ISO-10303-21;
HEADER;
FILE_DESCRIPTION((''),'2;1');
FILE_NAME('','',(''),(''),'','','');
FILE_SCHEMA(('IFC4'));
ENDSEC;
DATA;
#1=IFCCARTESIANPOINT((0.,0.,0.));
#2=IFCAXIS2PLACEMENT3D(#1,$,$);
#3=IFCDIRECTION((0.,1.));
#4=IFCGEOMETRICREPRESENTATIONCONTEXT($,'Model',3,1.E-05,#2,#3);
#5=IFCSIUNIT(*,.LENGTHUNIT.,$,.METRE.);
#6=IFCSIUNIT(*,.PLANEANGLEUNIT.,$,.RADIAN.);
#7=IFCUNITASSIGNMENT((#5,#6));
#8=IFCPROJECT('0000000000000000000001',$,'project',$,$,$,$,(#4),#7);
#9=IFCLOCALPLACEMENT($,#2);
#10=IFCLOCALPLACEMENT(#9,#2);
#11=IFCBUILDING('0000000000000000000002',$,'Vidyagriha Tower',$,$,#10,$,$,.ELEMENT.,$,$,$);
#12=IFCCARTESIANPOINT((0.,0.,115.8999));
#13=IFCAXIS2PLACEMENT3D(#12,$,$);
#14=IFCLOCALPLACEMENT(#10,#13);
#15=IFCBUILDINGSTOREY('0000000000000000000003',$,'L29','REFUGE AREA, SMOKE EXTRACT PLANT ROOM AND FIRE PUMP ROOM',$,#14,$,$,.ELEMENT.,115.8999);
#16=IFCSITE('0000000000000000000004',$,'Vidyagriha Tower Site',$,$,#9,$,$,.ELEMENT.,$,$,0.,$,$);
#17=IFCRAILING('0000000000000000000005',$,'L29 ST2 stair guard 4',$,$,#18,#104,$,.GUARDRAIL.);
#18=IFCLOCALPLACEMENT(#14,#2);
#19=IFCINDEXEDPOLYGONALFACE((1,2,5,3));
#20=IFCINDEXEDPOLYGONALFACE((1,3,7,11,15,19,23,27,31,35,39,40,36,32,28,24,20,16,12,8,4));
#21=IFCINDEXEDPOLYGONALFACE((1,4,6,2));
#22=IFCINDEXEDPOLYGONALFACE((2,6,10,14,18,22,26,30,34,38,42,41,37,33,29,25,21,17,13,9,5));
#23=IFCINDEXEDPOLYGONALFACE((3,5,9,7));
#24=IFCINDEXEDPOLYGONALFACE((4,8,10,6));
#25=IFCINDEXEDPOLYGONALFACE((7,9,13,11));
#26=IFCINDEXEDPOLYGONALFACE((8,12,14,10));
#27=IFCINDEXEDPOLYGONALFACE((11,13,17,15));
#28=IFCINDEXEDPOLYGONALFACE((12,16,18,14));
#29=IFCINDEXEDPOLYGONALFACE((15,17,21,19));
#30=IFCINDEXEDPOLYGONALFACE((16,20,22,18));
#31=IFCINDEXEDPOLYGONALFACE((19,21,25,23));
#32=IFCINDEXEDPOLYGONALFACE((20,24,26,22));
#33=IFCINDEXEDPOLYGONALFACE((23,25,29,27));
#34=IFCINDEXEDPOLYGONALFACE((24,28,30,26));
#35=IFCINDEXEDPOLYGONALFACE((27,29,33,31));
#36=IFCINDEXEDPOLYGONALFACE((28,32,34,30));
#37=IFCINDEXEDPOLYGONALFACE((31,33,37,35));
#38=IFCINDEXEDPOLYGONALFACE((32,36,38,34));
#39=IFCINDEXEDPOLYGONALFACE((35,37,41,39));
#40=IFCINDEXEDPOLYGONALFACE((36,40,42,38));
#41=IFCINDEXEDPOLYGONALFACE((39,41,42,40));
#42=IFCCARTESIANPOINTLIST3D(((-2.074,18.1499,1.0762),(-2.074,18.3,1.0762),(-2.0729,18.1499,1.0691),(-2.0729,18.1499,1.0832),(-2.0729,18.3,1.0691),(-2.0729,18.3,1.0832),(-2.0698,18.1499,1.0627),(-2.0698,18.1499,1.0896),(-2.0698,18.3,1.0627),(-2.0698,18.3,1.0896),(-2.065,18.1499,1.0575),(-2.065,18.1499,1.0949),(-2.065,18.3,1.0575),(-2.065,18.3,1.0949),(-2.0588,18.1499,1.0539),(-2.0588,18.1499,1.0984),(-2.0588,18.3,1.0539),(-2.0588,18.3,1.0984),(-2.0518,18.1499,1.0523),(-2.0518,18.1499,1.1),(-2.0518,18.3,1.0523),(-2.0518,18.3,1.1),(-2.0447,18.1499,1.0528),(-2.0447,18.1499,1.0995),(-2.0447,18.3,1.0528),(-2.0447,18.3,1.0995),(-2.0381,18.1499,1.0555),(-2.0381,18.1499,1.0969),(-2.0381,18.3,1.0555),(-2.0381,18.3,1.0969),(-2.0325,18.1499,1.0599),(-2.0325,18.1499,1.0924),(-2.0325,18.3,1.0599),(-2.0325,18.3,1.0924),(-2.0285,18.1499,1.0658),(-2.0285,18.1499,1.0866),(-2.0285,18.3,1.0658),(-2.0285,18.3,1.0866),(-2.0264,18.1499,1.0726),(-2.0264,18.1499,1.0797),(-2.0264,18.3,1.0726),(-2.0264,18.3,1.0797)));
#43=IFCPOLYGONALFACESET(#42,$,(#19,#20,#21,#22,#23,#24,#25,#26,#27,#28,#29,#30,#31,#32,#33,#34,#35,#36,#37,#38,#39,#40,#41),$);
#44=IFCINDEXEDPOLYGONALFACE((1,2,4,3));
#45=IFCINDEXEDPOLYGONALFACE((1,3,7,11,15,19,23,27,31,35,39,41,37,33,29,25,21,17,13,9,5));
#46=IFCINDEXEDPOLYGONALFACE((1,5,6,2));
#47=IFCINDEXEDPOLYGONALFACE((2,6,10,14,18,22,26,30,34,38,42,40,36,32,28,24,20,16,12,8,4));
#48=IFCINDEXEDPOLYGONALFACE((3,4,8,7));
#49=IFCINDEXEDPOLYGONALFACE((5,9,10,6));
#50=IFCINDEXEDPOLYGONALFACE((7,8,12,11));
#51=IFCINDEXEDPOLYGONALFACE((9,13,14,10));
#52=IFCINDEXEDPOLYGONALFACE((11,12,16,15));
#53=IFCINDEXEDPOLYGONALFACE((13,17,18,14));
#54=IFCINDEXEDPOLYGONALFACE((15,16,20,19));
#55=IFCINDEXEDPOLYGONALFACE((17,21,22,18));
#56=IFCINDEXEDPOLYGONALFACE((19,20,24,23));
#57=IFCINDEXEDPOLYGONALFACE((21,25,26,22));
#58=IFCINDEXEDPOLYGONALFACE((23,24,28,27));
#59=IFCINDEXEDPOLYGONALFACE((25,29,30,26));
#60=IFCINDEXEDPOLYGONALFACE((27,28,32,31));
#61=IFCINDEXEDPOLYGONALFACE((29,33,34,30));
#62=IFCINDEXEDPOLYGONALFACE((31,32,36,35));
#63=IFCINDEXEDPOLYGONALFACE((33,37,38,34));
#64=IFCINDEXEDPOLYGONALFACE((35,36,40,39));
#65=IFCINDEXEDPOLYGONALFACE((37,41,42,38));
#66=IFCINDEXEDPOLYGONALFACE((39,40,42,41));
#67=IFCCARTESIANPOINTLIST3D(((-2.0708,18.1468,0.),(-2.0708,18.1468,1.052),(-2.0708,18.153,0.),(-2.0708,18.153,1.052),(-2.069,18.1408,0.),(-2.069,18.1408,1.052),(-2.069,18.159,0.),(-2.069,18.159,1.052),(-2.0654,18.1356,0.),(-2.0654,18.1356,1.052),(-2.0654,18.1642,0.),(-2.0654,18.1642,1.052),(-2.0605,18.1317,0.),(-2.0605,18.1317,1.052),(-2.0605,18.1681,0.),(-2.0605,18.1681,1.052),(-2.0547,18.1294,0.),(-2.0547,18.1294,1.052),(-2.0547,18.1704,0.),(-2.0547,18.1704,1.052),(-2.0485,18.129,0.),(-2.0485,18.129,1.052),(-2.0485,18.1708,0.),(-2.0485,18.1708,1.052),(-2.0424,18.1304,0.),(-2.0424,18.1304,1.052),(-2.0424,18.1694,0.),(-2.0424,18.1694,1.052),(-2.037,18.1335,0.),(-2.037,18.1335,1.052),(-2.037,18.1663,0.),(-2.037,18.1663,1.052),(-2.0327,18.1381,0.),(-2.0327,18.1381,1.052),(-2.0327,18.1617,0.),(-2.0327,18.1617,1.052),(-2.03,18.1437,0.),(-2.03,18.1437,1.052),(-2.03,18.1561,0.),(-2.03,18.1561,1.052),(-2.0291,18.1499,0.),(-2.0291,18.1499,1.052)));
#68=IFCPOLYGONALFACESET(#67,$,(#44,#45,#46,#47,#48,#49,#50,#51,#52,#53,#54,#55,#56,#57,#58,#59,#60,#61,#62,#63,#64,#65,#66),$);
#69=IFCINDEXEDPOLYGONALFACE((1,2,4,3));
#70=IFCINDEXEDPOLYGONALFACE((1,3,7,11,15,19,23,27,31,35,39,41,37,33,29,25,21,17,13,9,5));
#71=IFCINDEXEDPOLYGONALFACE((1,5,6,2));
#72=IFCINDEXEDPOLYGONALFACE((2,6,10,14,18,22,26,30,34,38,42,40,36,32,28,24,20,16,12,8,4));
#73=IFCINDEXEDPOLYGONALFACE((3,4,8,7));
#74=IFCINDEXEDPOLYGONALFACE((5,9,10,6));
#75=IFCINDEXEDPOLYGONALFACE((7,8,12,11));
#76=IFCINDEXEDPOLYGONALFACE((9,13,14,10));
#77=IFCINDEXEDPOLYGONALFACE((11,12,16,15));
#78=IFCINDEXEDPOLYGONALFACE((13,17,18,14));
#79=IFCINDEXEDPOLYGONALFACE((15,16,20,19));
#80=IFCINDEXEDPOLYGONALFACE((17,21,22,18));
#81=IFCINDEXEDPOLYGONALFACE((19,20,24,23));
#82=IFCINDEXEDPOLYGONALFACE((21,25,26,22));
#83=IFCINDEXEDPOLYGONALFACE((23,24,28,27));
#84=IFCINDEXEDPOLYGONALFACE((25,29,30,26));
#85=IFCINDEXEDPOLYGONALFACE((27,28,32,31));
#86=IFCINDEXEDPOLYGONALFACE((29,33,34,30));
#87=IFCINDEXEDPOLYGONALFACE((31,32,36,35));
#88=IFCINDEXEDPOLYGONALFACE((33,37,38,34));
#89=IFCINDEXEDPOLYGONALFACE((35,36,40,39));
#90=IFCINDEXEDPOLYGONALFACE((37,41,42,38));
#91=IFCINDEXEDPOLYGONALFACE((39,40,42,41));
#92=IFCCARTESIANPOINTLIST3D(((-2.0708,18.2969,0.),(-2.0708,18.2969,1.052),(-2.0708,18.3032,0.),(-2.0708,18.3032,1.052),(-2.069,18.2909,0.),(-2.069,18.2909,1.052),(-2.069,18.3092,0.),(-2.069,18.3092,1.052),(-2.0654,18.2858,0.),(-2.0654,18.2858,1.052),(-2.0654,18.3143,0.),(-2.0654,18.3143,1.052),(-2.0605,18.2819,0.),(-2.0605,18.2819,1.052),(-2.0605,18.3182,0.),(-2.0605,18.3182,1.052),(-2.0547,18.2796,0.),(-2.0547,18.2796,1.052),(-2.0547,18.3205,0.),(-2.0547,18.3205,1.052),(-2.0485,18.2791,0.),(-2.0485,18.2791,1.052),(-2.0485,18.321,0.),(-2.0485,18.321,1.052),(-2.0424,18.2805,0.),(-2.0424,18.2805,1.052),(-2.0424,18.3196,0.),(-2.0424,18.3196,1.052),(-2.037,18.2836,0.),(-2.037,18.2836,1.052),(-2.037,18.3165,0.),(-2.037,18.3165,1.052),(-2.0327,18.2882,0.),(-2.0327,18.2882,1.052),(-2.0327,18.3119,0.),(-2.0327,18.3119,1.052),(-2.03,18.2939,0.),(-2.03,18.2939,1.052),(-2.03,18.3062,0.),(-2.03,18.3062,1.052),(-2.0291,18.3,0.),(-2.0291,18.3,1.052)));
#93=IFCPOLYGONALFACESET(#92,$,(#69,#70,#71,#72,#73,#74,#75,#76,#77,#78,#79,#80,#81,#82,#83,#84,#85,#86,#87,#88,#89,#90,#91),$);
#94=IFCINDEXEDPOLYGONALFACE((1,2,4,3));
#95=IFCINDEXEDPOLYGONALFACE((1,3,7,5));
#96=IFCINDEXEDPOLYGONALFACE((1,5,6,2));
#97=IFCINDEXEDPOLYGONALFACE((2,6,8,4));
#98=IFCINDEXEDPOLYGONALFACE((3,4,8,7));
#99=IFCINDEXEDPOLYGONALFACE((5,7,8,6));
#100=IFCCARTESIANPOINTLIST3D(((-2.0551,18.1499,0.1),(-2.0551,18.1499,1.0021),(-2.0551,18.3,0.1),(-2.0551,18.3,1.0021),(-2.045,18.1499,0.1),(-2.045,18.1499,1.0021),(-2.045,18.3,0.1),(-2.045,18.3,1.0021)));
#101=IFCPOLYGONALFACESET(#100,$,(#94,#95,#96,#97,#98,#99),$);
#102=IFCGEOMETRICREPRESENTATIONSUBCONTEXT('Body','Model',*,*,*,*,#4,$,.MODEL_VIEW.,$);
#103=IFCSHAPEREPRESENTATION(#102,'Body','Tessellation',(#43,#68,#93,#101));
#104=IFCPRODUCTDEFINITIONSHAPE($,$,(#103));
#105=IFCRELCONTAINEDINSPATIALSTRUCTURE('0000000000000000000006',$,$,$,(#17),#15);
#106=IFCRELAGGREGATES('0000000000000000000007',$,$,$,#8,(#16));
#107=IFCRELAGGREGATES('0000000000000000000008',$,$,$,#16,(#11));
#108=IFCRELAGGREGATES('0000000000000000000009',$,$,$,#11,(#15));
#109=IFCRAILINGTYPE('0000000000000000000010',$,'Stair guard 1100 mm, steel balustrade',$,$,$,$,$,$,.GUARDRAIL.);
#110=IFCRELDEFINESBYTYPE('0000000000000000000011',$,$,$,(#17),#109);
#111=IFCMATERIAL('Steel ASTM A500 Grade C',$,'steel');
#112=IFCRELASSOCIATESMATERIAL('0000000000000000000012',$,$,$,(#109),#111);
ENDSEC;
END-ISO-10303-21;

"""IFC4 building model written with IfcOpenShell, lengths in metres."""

from ifc_helpers import new_model, si_unit, direction, frame, origin, origin_2d, place, context, subcontext, project, spatial, rectangle, circle, extrude, material, type_object, element, save


model = new_model("IFC4")

# Units and contexts
model_context = context("Model", 3, precision=1e-05, world=origin(), true_north=direction((0.0, 1.0)))
body_context = subcontext(model_context, "Body", "Model", "MODEL_VIEW")
ifc_project = project(units=[si_unit("LENGTHUNIT", "METRE"), si_unit("PLANEANGLEUNIT", "RADIAN")], contexts=[model_context])

# Site, building, storey
site_placement = place(None, origin())
site = spatial("IfcSite", under=ifc_project, at=site_placement, Name="Vidyagriha Tower Site", CompositionType="ELEMENT", RefElevation=0.0)
building_placement = place(site_placement, origin())
building = spatial("IfcBuilding", under=site, at=building_placement, Name="Vidyagriha Tower", CompositionType="ELEMENT")
storey_placement = place(building_placement, frame((0.0, 0.0, 115.8999)))
storey = spatial("IfcBuildingStorey", under=building, at=storey_placement, Name="L29", Description="REFUGE AREA, SMOKE EXTRACT PLANT ROOM AND FIRE PUMP ROOM", CompositionType="ELEMENT", Elevation=115.8999)

# Railing
ifc_material_1 = material(Name="Steel ASTM A500 Grade C", Category="steel")
railing_type_1 = type_object("IfcRailingType", Name="Stair guard 1100 mm, steel balustrade", PredefinedType="GUARDRAIL", material=ifc_material_1)
railing_1_placement = place(storey_placement, frame((-2.05, 18.1499, 0.0)))
element("IfcRailing", 1, at=railing_1_placement, inside=storey, type_object=railing_type_1, Name="L29 ST2 stair guard 4", PredefinedType="GUARDRAIL", context=body_context, shape_type="SweptSolid", body=[
    extrude(circle(Radius=0.0239, at=origin_2d()), frame((0.0, 0.0, 1.0762), z_axis=(0.0, 1.0, 0.0), x_axis=(-1.0, 0.0, 0.0)), (0.0, 0.0, 1.0), 0.1501),
    extrude(circle(Radius=0.021, at=origin_2d()), origin(), (0.0, 0.0, 1.0), 1.052),
    extrude(circle(Radius=0.021, at=origin_2d()), frame((0.0, 0.1501, 0.0)), (0.0, 0.0, 1.0), 1.052),
    extrude(rectangle(XDim=0.01, YDim=0.9021, at=origin_2d()), frame((0.0, 0.0, 0.551), z_axis=(0.0, 1.0, 0.0), x_axis=(-1.0, 0.0, 0.0)), (0.0, 0.0, 1.0), 0.1501),
])

save(model, "model.ifc")
